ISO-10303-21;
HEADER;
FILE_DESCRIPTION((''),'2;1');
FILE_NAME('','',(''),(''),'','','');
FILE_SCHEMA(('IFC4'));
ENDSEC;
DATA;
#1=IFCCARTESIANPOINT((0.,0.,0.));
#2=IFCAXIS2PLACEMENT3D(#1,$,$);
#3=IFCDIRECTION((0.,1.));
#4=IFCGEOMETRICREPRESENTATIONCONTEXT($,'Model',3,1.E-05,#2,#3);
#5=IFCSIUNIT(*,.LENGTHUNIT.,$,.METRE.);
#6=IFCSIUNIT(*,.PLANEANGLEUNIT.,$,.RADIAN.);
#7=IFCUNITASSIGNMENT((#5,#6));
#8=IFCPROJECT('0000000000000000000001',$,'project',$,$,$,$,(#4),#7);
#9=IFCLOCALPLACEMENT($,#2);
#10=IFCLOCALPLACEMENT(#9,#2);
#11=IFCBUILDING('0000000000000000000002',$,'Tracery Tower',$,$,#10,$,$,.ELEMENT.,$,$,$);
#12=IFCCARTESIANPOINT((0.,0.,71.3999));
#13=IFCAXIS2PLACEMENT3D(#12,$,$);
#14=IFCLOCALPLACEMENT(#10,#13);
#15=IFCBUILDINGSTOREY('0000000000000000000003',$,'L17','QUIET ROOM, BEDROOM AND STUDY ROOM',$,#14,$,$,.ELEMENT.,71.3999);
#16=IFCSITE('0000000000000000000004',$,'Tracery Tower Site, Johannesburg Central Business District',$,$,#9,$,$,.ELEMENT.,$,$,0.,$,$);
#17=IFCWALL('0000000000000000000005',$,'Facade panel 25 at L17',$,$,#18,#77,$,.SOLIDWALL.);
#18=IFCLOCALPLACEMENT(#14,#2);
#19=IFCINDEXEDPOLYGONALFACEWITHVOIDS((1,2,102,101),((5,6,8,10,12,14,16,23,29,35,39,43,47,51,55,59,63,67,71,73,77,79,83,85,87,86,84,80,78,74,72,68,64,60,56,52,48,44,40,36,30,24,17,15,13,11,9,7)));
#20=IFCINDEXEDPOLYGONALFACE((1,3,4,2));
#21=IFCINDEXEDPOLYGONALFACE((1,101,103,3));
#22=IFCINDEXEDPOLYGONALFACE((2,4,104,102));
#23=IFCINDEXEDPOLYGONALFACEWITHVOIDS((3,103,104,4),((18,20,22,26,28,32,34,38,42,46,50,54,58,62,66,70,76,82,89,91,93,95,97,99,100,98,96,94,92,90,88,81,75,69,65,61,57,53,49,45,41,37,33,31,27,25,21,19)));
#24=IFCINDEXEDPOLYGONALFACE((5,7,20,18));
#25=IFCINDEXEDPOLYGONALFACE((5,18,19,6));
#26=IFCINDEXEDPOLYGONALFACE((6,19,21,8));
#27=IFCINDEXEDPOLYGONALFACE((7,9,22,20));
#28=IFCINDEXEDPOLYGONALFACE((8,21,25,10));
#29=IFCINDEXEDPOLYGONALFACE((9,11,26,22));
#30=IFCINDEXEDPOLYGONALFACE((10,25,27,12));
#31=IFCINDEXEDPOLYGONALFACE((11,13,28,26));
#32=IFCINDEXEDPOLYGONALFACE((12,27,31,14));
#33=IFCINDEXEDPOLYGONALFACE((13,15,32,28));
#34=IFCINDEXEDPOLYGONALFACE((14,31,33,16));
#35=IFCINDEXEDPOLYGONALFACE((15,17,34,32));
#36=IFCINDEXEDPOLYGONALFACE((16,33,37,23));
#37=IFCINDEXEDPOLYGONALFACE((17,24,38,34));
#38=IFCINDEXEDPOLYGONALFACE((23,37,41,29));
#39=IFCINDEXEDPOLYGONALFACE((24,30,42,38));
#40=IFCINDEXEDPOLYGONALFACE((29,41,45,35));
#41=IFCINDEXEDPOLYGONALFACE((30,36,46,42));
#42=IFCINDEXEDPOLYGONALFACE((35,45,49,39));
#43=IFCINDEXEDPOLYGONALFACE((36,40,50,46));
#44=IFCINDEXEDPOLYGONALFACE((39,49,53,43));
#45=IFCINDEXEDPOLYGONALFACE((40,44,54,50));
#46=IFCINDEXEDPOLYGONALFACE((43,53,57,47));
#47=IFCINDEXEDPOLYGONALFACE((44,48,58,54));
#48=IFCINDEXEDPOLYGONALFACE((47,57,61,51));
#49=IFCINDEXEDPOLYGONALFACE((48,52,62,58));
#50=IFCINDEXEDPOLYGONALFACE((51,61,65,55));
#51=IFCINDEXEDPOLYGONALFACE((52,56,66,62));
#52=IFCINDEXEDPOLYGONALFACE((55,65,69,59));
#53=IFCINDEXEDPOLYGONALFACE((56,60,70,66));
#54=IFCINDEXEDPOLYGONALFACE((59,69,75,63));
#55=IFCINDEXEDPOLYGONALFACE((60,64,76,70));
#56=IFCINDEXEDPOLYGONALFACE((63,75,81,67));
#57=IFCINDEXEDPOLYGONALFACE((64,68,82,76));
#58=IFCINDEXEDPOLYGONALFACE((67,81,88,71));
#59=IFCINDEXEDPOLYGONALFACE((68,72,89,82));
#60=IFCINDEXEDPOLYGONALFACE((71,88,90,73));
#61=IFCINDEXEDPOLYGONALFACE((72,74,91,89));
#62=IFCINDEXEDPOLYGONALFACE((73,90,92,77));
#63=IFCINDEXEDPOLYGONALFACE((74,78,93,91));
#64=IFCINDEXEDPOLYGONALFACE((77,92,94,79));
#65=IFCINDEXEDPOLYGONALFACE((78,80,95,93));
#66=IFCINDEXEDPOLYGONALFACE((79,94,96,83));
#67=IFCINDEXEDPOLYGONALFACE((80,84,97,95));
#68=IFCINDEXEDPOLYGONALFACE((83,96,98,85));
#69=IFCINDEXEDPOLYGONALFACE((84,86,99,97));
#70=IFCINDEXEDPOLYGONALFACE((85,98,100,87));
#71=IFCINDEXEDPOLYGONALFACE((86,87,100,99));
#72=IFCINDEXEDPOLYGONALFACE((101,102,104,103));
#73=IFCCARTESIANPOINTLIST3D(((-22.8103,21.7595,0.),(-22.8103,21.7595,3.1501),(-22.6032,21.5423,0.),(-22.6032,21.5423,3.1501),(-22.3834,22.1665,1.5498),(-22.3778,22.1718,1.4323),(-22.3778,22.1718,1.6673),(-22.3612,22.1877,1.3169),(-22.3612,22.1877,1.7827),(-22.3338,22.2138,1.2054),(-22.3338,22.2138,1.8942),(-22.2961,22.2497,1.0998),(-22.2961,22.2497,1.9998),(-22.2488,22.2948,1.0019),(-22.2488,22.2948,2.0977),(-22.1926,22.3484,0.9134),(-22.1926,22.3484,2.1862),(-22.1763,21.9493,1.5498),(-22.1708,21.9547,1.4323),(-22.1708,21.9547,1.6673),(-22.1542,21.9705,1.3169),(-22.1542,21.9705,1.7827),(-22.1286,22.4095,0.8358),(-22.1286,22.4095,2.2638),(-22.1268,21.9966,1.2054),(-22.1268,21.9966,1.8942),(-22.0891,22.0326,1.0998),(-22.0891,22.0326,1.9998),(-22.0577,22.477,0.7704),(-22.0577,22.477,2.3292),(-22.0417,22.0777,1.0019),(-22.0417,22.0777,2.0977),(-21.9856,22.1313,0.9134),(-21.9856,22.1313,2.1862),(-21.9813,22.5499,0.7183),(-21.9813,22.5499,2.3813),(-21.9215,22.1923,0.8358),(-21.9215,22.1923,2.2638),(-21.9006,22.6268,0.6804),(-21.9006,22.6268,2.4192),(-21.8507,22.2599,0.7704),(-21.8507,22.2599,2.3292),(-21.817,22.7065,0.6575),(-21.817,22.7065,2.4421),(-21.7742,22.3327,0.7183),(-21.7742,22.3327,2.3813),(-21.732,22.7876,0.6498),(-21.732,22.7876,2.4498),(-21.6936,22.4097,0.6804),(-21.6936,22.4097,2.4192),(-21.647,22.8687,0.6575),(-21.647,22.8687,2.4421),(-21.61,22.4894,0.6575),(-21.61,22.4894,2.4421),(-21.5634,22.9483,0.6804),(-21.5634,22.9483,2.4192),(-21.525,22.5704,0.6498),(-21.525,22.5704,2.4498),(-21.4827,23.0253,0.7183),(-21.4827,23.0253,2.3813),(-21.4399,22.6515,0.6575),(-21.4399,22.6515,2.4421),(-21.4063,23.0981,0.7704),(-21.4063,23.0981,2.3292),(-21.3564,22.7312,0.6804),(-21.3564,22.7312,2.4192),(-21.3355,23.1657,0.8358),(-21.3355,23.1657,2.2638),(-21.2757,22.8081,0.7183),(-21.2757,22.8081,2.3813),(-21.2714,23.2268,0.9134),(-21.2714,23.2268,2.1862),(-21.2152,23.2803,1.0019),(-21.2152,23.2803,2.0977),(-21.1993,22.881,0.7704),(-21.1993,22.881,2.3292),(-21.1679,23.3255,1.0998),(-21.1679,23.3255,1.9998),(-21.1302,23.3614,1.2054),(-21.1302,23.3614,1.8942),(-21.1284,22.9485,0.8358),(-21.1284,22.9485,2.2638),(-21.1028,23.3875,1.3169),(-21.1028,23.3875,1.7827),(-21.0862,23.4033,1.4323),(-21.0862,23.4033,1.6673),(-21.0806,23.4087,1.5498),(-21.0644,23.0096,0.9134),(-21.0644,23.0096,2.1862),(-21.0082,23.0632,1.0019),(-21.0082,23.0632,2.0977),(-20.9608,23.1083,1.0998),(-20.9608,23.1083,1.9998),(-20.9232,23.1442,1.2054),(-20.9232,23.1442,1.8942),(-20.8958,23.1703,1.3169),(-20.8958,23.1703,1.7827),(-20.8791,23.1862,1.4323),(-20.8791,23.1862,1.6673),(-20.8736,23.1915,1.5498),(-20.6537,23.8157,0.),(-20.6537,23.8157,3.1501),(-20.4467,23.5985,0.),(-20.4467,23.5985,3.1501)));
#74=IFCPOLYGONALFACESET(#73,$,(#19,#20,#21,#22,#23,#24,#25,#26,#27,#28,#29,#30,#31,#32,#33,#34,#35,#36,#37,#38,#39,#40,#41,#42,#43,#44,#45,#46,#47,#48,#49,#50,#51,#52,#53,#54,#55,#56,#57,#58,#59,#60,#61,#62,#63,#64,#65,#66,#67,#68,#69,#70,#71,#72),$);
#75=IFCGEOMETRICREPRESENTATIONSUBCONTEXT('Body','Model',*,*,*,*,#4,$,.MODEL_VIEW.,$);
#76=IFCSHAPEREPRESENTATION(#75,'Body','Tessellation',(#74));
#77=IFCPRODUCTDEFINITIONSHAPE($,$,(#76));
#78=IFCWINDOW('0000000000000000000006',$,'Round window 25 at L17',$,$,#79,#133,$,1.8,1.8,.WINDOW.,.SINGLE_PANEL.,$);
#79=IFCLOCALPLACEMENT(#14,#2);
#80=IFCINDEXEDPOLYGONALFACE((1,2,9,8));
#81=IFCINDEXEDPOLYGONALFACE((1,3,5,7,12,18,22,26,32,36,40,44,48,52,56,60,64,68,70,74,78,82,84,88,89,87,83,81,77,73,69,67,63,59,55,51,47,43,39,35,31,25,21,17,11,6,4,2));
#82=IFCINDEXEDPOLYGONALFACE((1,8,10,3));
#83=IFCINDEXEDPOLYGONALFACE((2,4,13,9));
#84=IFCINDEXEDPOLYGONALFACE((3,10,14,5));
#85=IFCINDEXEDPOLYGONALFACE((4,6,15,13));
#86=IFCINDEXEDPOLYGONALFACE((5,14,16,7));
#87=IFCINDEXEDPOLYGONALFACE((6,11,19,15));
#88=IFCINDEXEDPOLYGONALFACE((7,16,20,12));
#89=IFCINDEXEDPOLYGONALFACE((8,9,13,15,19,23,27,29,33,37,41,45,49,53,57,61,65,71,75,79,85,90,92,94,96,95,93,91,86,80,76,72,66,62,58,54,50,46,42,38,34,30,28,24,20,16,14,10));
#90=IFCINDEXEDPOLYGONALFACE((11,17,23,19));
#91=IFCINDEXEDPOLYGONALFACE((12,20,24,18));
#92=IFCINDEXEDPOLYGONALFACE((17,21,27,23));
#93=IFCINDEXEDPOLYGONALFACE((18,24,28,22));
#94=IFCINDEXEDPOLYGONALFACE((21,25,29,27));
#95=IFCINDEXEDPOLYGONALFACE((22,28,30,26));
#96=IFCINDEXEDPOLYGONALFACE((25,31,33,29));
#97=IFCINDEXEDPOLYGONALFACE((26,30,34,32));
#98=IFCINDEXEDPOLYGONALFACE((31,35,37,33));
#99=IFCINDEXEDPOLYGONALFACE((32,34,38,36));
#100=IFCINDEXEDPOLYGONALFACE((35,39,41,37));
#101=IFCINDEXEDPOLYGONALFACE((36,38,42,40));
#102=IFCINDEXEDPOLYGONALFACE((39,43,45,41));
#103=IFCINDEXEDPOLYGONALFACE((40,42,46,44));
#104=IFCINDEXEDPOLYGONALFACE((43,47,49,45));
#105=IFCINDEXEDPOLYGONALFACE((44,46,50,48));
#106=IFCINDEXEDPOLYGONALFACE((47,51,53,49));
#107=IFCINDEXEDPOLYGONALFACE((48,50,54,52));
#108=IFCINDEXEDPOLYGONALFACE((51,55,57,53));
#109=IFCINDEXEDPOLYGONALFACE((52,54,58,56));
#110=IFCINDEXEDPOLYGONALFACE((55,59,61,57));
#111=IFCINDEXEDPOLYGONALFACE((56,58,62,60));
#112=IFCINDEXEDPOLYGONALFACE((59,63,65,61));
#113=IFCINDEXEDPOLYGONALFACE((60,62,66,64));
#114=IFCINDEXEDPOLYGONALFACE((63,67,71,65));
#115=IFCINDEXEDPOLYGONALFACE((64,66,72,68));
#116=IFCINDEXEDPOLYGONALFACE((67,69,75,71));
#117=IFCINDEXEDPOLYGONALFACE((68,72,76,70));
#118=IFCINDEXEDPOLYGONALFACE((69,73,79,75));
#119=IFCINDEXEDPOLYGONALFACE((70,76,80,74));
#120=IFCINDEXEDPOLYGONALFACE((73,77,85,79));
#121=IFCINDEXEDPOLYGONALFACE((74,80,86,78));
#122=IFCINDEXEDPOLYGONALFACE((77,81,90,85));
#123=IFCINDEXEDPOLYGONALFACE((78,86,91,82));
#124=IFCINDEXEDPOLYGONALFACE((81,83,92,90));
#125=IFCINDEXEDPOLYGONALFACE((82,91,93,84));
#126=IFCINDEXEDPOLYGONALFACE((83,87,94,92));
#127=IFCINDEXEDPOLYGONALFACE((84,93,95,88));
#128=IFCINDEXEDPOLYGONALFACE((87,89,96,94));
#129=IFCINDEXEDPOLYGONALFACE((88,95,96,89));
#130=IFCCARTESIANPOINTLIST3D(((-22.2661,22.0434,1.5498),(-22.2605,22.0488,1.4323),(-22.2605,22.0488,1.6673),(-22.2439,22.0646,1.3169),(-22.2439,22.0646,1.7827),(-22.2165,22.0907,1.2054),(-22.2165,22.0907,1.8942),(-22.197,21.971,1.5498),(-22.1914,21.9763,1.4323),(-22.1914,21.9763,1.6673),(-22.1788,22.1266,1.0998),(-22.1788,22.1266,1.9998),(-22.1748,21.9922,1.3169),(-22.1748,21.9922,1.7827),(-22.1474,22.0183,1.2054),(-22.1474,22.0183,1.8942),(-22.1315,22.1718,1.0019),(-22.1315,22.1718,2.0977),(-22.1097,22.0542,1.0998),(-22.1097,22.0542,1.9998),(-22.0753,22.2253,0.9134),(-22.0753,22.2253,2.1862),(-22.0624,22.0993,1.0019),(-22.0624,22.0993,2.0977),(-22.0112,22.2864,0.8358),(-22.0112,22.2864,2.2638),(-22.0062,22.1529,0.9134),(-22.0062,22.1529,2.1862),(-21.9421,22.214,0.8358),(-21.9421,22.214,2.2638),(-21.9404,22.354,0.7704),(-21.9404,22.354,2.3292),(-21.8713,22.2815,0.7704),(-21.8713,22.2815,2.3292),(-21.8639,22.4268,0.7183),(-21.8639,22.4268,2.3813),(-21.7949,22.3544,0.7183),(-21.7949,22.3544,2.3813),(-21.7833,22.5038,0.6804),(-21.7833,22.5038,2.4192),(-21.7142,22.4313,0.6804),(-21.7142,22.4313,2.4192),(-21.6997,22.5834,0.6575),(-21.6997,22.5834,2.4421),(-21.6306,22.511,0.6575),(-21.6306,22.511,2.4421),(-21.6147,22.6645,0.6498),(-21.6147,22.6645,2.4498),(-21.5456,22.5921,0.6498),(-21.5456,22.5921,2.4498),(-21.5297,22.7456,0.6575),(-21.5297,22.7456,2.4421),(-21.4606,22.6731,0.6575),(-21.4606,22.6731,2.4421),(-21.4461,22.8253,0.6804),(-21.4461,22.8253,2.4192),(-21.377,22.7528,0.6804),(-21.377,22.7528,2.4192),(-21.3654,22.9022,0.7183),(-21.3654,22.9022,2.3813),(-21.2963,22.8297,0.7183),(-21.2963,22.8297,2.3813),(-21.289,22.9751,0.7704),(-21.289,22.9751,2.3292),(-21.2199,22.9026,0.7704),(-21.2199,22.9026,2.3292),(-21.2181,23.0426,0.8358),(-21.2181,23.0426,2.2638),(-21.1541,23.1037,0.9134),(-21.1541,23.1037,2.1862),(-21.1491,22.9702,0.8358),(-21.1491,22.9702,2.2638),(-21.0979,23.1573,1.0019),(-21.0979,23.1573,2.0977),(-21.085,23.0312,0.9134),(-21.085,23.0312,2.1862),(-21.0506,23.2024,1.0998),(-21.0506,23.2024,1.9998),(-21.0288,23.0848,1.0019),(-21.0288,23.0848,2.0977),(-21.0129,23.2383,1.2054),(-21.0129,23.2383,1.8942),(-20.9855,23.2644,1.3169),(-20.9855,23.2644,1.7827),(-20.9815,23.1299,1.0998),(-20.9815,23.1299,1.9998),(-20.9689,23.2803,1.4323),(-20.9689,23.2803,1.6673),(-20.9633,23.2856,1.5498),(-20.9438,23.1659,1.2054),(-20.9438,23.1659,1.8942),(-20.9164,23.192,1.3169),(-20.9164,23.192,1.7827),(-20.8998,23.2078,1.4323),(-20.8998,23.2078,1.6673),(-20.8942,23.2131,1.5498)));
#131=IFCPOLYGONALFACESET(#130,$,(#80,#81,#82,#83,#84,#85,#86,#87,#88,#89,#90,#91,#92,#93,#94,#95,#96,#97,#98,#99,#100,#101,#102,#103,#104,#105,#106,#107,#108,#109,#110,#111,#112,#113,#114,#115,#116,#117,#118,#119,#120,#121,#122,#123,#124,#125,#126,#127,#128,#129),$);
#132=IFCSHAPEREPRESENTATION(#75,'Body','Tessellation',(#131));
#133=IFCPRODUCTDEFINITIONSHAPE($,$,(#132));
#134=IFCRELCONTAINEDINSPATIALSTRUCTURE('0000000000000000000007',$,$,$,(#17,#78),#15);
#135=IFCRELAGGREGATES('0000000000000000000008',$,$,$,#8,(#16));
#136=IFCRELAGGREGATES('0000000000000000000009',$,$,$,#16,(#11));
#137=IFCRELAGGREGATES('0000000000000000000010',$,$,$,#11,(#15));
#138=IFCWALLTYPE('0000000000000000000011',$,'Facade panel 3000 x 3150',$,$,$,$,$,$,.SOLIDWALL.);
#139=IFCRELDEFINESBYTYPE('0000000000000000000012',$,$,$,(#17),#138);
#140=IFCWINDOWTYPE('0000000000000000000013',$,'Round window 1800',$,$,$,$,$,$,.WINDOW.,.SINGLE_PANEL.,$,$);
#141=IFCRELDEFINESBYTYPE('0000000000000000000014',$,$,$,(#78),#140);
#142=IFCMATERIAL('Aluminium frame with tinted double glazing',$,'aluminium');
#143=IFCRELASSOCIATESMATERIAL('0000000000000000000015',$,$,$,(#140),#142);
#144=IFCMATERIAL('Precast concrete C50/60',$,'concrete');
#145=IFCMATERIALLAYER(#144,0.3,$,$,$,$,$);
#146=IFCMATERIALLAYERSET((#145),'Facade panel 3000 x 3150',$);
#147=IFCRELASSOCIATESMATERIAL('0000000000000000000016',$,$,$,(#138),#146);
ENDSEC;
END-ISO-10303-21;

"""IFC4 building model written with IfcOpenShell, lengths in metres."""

from ifc_helpers import new_model, si_unit, direction, frame, frame_2d, origin, origin_2d, place, context, subcontext, project, spatial, rectangle, circle, extrude, material, layer, layer_set, type_object, element, fill, save


model = new_model("IFC4")

# Units and contexts
model_context = context("Model", 3, precision=1e-05, world=origin(), true_north=direction((0.0, 1.0)))
body_context = subcontext(model_context, "Body", "Model", "MODEL_VIEW")
ifc_project = project(units=[si_unit("LENGTHUNIT", "METRE"), si_unit("PLANEANGLEUNIT", "RADIAN")], contexts=[model_context])

# Site, building, storey
site_placement = place(None, origin())
site = spatial("IfcSite", under=ifc_project, at=site_placement, Name="Tracery Tower Site, Johannesburg Central Business District", CompositionType="ELEMENT", RefElevation=0.0)
building_placement = place(site_placement, origin())
building = spatial("IfcBuilding", under=site, at=building_placement, Name="Tracery Tower", CompositionType="ELEMENT")
storey_placement = place(building_placement, frame((0.0, 0.0, 71.3999)))
storey = spatial("IfcBuildingStorey", under=building, at=storey_placement, Name="L17", Description="QUIET ROOM, BEDROOM AND STUDY ROOM", CompositionType="ELEMENT", Elevation=71.3999)

# Wall, opening, window
ifc_material_1 = material(Name="Aluminium frame with tinted double glazing", Category="aluminium")
window_type = type_object("IfcWindowType", Name="Round window 1800", PartitioningType="SINGLE_PANEL", PredefinedType="WINDOW", material=ifc_material_1)
ifc_material_2 = material(Name="Precast concrete C50/60", Category="concrete")
ifc_layer_1 = layer(ifc_material_2, 0.3)
ifc_layer_set_1 = layer_set([ifc_layer_1], Name="Facade panel 3000 x 3150")
wall_type_1 = type_object("IfcWallType", Name="Facade panel 3000 x 3150", PredefinedType="SOLIDWALL", material=ifc_layer_set_1)
wall_1_placement = place(storey_placement, frame((-20.5503, 23.707, 0.0), z_axis=(0.0, 0.0, 1.0), x_axis=(-0.723744, -0.690068, 0.0)))
wall_1 = element("IfcWall", 1, at=wall_1_placement, inside=storey, type_object=wall_type_1, Name="Facade panel 25 at L17", PredefinedType="SOLIDWALL", context=body_context, shape_type="SweptSolid", body=[
    extrude(rectangle(XDim=2.9797, YDim=0.3, at=frame_2d((1.4897, 0.0))), origin(), (0.0, 0.0, 1.0), 3.1501),
])
opening_1_placement = place(wall_1_placement, frame((1.4897, 0.0, 1.5498)))
opening_1 = element("IfcOpeningElement", 2, at=opening_1_placement, cuts=wall_1, PredefinedType="OPENING", context=body_context, shape_type="SweptSolid", body=[
    extrude(circle(Radius=0.9, at=origin_2d()), frame((0.0, 0.1599, 0.0), z_axis=(0.0, -1.0, 0.0), x_axis=(1.0, 0.0, 0.0)), (0.0, 0.0, 1.0), 0.3201),
])
window_1_placement = place(opening_1_placement, origin())
window_1 = element("IfcWindow", 3, at=window_1_placement, inside=storey, type_object=window_type, Name="Round window 25 at L17", OverallHeight=1.8, OverallWidth=1.8, PartitioningType="SINGLE_PANEL", PredefinedType="WINDOW", context=body_context, shape_type="SweptSolid", body=[
    extrude(circle(Radius=0.9, at=origin_2d()), frame((0.0, 0.1201, 0.0), z_axis=(0.0, -1.0, 0.0), x_axis=(1.0, 0.0, 0.0)), (0.0, 0.0, 1.0), 0.1001),
])
fill(opening_1, window_1)

save(model, "model.ifc")
